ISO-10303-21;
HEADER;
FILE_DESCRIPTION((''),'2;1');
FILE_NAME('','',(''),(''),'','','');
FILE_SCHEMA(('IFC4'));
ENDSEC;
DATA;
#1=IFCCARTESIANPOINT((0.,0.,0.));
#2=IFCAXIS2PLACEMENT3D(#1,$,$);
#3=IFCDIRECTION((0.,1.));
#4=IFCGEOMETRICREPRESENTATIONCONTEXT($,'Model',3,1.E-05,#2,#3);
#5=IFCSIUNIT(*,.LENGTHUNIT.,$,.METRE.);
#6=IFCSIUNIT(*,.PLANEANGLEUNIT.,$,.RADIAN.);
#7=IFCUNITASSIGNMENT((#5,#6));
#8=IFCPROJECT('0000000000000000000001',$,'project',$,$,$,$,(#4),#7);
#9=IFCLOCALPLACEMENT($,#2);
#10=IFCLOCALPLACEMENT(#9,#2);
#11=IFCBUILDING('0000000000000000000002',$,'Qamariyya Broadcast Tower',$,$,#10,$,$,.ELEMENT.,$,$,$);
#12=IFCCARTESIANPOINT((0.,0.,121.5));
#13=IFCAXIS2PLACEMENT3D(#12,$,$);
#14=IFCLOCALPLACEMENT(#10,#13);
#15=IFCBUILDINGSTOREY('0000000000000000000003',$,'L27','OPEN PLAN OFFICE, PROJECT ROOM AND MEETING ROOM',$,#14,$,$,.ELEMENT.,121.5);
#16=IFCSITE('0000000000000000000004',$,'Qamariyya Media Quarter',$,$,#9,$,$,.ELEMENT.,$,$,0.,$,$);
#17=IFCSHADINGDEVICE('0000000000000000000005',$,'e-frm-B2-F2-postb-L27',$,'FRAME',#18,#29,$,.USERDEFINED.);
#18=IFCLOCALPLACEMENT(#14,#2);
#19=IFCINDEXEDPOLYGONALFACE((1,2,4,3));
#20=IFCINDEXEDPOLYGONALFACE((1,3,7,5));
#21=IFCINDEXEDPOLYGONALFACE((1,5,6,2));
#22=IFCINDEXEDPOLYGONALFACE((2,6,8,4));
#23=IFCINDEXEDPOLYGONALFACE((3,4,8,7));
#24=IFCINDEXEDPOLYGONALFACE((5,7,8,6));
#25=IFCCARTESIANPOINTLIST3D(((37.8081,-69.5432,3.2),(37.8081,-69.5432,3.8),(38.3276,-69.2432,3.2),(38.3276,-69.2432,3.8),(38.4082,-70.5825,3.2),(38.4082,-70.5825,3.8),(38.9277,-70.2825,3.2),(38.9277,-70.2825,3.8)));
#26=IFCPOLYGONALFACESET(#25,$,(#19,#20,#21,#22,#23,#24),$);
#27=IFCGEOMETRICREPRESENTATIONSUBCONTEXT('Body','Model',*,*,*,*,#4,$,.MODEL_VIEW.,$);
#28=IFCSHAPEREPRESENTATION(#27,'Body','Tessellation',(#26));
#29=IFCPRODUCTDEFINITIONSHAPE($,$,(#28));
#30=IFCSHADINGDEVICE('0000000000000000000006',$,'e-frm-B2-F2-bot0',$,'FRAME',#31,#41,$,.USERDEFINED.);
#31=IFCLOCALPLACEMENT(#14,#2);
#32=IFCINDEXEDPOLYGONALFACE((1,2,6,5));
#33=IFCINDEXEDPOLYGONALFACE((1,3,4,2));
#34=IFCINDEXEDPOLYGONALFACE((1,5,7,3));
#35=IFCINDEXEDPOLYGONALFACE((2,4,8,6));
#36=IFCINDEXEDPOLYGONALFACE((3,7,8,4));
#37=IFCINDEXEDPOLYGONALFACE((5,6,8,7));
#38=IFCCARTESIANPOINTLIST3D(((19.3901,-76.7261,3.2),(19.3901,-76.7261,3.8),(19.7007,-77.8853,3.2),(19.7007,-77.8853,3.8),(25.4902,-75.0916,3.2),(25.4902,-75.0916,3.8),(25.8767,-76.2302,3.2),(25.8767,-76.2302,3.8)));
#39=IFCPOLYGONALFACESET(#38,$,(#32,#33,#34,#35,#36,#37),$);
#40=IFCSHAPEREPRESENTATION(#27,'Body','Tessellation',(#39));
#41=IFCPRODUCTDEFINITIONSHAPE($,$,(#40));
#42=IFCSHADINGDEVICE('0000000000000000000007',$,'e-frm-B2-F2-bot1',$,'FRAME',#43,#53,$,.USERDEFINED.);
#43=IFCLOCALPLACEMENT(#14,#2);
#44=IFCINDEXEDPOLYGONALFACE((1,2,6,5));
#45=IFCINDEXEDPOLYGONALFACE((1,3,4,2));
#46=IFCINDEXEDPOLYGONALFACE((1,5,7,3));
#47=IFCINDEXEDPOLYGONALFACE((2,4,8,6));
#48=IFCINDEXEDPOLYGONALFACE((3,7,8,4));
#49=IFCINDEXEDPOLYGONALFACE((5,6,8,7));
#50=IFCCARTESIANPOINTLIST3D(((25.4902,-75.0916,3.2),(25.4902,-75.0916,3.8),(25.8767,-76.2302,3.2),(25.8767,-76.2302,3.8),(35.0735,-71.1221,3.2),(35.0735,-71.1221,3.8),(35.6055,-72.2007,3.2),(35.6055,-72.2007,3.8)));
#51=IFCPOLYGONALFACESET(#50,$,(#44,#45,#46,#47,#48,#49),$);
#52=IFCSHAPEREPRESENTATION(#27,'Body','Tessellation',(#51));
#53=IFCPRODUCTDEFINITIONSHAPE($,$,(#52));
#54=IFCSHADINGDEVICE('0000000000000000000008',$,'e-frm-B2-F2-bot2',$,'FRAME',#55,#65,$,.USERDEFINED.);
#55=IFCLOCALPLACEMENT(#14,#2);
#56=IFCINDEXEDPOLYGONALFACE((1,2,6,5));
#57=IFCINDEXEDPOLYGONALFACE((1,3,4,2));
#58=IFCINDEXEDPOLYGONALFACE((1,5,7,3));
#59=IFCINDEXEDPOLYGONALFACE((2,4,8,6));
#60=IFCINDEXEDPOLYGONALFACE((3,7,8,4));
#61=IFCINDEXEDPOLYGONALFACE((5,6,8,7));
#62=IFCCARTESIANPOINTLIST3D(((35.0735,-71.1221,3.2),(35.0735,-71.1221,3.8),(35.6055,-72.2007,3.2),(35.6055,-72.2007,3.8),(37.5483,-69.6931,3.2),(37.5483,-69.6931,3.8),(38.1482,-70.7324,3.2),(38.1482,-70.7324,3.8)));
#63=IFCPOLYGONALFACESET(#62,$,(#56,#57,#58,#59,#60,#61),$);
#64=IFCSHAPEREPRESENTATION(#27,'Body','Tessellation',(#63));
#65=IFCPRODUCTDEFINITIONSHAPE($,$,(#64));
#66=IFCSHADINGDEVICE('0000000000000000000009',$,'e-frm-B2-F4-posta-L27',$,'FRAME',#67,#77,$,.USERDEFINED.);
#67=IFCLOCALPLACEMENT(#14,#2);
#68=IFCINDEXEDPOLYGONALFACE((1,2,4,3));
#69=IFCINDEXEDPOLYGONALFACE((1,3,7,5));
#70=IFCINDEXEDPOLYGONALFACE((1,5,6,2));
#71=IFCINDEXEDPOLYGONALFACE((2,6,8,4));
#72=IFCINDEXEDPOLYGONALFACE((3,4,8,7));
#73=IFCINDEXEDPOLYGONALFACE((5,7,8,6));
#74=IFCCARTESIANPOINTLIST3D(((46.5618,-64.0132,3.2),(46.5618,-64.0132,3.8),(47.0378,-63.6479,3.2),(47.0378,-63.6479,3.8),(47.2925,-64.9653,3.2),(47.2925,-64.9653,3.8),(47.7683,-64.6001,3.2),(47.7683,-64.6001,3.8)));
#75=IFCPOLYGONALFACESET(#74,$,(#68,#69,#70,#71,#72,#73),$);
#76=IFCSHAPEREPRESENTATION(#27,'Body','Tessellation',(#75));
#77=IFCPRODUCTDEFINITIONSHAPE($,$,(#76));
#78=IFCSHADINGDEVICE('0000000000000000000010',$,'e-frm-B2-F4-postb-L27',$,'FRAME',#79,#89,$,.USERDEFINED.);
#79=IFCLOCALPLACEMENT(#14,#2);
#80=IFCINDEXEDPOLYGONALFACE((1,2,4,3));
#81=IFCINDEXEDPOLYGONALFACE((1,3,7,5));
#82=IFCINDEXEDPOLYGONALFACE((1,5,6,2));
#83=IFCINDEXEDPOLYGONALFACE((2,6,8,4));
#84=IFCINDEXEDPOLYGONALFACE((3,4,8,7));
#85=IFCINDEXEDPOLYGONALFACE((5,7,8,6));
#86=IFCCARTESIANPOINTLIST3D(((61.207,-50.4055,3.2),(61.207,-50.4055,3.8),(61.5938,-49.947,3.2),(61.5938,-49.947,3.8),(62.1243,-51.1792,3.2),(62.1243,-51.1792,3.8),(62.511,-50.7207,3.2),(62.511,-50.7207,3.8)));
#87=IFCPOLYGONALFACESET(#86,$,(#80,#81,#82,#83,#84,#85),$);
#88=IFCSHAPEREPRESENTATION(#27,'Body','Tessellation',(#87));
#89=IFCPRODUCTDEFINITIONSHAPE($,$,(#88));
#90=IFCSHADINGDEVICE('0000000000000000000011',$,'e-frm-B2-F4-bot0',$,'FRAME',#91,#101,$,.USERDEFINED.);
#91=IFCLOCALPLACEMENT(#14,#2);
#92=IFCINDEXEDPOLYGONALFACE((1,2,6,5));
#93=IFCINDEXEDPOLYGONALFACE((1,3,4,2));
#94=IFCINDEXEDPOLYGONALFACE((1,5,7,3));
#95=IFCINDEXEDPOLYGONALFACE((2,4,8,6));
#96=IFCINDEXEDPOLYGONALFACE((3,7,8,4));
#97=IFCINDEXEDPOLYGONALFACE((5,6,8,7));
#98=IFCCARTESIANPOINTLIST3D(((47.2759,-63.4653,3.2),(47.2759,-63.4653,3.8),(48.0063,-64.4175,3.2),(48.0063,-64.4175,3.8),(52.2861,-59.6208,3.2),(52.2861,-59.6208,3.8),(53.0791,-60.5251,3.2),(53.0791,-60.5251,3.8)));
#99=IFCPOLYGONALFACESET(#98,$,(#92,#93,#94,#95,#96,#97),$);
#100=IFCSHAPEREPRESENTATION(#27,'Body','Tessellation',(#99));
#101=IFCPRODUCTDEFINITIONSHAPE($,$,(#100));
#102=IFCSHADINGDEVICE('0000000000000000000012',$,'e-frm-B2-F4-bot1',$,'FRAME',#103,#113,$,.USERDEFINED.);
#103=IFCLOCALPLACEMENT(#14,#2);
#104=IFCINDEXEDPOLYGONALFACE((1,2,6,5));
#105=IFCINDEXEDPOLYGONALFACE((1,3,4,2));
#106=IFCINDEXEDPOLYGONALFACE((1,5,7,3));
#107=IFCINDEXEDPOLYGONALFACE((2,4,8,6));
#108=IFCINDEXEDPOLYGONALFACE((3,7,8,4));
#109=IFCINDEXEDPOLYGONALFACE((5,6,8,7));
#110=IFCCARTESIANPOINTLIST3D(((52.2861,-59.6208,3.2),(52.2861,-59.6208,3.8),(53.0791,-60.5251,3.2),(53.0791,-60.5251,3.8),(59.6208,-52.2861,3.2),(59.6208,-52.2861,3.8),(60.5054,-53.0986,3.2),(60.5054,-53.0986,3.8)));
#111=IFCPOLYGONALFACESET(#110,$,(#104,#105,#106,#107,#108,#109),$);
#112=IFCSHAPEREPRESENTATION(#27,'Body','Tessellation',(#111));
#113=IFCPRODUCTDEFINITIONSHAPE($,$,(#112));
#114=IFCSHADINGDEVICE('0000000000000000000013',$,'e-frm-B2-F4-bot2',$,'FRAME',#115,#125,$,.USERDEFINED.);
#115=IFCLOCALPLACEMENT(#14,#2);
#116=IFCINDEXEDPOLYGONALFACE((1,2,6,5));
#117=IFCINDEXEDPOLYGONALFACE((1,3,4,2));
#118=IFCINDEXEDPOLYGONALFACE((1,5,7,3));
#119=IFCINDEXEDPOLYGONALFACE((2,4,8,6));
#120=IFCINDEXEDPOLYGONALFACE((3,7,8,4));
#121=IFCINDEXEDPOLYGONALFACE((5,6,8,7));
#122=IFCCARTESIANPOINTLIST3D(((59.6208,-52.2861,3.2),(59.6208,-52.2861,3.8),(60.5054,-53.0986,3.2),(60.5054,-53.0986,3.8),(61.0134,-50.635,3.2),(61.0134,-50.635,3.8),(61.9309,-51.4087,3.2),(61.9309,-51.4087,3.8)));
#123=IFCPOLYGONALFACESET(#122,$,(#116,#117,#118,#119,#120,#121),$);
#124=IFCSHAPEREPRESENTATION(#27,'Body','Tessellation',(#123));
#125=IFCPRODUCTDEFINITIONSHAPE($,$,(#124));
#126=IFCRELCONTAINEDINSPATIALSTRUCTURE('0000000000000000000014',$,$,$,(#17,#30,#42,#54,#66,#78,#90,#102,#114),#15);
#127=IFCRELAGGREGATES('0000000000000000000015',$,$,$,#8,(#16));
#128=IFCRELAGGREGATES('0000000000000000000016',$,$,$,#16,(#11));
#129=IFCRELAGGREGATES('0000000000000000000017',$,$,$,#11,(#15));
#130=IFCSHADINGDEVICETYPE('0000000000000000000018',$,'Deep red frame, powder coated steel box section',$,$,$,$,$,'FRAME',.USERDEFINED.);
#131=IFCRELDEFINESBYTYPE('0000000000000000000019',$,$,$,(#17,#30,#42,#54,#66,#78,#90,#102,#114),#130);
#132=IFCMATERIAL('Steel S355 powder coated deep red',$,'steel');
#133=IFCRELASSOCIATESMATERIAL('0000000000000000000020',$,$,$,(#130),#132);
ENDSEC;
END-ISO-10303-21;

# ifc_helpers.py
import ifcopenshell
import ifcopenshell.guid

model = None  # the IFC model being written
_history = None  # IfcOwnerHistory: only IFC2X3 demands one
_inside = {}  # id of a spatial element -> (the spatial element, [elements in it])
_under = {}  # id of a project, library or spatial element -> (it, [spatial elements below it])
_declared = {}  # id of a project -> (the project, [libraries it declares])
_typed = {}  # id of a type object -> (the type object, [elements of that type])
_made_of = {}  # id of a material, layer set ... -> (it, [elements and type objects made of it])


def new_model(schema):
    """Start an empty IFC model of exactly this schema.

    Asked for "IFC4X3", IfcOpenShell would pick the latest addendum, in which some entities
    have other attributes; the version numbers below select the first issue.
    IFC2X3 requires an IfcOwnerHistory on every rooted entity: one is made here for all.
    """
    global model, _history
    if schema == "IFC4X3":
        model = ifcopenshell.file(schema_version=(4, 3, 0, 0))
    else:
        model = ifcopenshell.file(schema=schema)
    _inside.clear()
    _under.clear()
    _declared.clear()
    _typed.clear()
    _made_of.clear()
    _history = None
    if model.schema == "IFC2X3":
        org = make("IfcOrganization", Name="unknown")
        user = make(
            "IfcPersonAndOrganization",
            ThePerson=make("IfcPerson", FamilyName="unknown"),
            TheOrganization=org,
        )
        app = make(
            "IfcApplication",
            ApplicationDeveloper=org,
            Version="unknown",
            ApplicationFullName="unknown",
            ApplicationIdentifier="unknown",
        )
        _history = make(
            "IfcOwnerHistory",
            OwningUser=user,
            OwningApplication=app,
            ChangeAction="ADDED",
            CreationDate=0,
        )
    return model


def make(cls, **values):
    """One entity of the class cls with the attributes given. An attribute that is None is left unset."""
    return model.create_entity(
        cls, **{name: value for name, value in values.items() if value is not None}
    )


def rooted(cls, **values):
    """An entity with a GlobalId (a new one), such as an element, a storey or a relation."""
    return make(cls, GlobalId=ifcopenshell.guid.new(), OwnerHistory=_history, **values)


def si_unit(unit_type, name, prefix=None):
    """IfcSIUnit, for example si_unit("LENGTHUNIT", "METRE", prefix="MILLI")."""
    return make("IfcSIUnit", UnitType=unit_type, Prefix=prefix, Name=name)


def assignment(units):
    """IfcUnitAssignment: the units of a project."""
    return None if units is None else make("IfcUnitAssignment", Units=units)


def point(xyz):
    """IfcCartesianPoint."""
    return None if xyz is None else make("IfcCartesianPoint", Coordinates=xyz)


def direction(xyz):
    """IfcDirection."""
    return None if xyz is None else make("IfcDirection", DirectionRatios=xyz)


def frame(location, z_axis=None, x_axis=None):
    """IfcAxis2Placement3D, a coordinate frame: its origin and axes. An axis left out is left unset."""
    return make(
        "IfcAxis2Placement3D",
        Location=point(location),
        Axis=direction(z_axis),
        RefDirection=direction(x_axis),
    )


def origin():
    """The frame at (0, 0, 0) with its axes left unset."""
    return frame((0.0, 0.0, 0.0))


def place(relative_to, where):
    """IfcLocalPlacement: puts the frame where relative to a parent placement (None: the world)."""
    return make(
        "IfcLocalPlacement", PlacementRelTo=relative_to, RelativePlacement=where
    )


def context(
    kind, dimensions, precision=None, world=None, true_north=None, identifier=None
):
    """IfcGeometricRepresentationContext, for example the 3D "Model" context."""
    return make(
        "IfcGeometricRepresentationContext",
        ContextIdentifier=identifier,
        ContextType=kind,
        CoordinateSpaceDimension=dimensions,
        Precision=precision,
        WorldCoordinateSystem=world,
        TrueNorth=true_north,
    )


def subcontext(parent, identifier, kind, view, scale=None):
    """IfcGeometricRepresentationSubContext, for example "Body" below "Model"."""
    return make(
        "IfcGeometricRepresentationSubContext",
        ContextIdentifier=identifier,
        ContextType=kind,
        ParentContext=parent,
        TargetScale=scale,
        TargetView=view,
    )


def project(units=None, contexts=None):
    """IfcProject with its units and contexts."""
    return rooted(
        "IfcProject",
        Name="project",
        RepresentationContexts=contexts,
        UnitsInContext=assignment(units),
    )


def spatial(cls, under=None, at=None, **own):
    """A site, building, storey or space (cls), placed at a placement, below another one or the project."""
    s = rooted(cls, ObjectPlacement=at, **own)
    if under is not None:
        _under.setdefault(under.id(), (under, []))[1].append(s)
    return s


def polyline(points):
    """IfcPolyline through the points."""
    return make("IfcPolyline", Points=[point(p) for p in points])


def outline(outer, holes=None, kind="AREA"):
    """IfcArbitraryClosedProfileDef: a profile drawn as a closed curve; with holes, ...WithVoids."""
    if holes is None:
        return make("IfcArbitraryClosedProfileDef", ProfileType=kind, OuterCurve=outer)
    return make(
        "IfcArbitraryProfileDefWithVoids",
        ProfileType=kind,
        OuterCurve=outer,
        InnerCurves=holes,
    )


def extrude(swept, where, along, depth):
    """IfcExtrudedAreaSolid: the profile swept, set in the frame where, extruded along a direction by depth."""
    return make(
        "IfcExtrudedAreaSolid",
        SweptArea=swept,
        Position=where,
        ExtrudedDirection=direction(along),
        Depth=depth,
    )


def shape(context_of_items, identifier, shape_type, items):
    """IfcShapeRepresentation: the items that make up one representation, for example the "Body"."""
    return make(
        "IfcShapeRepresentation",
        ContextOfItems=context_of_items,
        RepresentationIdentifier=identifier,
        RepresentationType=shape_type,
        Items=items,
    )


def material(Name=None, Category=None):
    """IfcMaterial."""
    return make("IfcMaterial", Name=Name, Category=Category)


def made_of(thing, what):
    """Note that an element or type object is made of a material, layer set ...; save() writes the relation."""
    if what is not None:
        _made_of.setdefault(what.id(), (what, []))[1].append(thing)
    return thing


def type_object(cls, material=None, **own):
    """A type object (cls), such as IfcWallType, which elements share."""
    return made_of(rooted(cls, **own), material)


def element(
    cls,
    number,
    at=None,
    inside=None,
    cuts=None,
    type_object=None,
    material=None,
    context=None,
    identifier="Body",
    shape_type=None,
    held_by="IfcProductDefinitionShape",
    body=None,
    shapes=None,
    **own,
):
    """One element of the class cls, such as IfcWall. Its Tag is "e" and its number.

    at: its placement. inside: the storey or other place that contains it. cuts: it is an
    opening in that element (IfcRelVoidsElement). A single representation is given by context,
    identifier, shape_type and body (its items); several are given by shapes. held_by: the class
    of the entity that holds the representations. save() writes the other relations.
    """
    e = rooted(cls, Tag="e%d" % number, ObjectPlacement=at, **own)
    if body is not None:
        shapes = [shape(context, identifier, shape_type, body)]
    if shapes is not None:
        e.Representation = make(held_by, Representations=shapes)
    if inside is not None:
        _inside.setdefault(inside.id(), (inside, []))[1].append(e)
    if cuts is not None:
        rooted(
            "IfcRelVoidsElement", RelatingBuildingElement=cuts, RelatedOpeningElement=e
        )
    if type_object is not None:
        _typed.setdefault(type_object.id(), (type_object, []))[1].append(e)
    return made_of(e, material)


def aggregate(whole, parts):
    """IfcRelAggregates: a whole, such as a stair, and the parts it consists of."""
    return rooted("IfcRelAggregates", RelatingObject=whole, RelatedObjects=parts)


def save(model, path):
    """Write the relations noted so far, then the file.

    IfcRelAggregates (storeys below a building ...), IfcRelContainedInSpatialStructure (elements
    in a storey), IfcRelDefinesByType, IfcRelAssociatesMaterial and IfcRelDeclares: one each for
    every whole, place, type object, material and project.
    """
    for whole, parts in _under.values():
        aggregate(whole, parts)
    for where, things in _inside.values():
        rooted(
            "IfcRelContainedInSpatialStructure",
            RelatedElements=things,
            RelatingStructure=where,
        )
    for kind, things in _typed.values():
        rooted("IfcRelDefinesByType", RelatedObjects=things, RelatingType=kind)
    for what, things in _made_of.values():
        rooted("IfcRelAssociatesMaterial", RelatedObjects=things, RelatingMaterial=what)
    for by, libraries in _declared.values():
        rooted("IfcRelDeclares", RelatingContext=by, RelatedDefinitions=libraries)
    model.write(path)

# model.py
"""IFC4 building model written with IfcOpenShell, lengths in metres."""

from ifc_helpers import new_model, si_unit, direction, frame, origin, place, context, subcontext, project, spatial, polyline, outline, extrude, material, type_object, element, save


model = new_model("IFC4")

# Units and contexts
model_context = context("Model", 3, precision=1e-05, world=origin(), true_north=direction((0.0, 1.0)))
body_context = subcontext(model_context, "Body", "Model", "MODEL_VIEW")
ifc_project = project(units=[si_unit("LENGTHUNIT", "METRE"), si_unit("PLANEANGLEUNIT", "RADIAN")], contexts=[model_context])

# Site, building, storey
site_placement = place(None, origin())
site = spatial("IfcSite", under=ifc_project, at=site_placement, Name="Qamariyya Media Quarter", CompositionType="ELEMENT", RefElevation=0.0)
building_placement = place(site_placement, origin())
building = spatial("IfcBuilding", under=site, at=building_placement, Name="Qamariyya Broadcast Tower", CompositionType="ELEMENT")
storey_placement = place(building_placement, frame((0.0, 0.0, 121.5)))
storey = spatial("IfcBuildingStorey", under=building, at=storey_placement, Name="L27", Description="OPEN PLAN OFFICE, PROJECT ROOM AND MEETING ROOM", CompositionType="ELEMENT", Elevation=121.5)

# Shading devices
ifc_material = material(Name="Steel S355 powder coated deep red", Category="steel")
shading_device_type = type_object("IfcShadingDeviceType", Name="Deep red frame, powder coated steel box section", ElementType="FRAME", PredefinedType="USERDEFINED", material=ifc_material)
shading_device_1_placement = place(storey_placement, frame((0.0, 0.0, 3.2)))
element("IfcShadingDevice", 1, at=shading_device_1_placement, inside=storey, type_object=shading_device_type, Name="e-frm-B2-F2-postb-L27", ObjectType="FRAME", PredefinedType="USERDEFINED", context=body_context, shape_type="SweptSolid", body=[
    extrude(outline(polyline([(37.8081, -69.5432), (38.4082, -70.5825), (38.9277, -70.2825), (38.3276, -69.2432), (37.8081, -69.5432)])), origin(), (0.0, 0.0, 1.0), 0.6001),
])
shading_device_2_placement = place(storey_placement, frame((0.0, 0.0, 3.2)))
element("IfcShadingDevice", 2, at=shading_device_2_placement, inside=storey, type_object=shading_device_type, Name="e-frm-B2-F2-bot0", ObjectType="FRAME", PredefinedType="USERDEFINED", context=body_context, shape_type="SweptSolid", body=[
    extrude(outline(polyline([(19.3901, -76.7261), (19.7007, -77.8853), (25.8767, -76.2302), (25.4902, -75.0916), (19.3901, -76.7261)])), origin(), (0.0, 0.0, 1.0), 0.6001),
])
shading_device_3_placement = place(storey_placement, frame((0.0, 0.0, 3.2)))
element("IfcShadingDevice", 3, at=shading_device_3_placement, inside=storey, type_object=shading_device_type, Name="e-frm-B2-F2-bot1", ObjectType="FRAME", PredefinedType="USERDEFINED", context=body_context, shape_type="SweptSolid", body=[
    extrude(outline(polyline([(25.4902, -75.0916), (25.8767, -76.2302), (35.6055, -72.2007), (35.0735, -71.1221), (25.4902, -75.0916)])), origin(), (0.0, 0.0, 1.0), 0.6001),
])
shading_device_4_placement = place(storey_placement, frame((0.0, 0.0, 3.2)))
element("IfcShadingDevice", 4, at=shading_device_4_placement, inside=storey, type_object=shading_device_type, Name="e-frm-B2-F2-bot2", ObjectType="FRAME", PredefinedType="USERDEFINED", context=body_context, shape_type="SweptSolid", body=[
    extrude(outline(polyline([(35.0735, -71.1221), (35.6055, -72.2007), (38.1482, -70.7324), (37.5483, -69.6931), (35.0735, -71.1221)])), origin(), (0.0, 0.0, 1.0), 0.6001),
])
shading_device_5_placement = place(storey_placement, frame((0.0, 0.0, 3.2)))
element("IfcShadingDevice", 5, at=shading_device_5_placement, inside=storey, type_object=shading_device_type, Name="e-frm-B2-F4-posta-L27", ObjectType="FRAME", PredefinedType="USERDEFINED", context=body_context, shape_type="SweptSolid", body=[
    extrude(outline(polyline([(46.5618, -64.0132), (47.2925, -64.9653), (47.7683, -64.6001), (47.0378, -63.6479), (46.5618, -64.0132)])), origin(), (0.0, 0.0, 1.0), 0.6001),
])
shading_device_6_placement = place(storey_placement, frame((0.0, 0.0, 3.2)))
element("IfcShadingDevice", 6, at=shading_device_6_placement, inside=storey, type_object=shading_device_type, Name="e-frm-B2-F4-postb-L27", ObjectType="FRAME", PredefinedType="USERDEFINED", context=body_context, shape_type="SweptSolid", body=[
    extrude(outline(polyline([(61.207, -50.4055), (62.1243, -51.1792), (62.511, -50.7207), (61.5938, -49.947), (61.207, -50.4055)])), origin(), (0.0, 0.0, 1.0), 0.6001),
])
shading_device_7_placement = place(storey_placement, frame((0.0, 0.0, 3.2)))
element("IfcShadingDevice", 7, at=shading_device_7_placement, inside=storey, type_object=shading_device_type, Name="e-frm-B2-F4-bot0", ObjectType="FRAME", PredefinedType="USERDEFINED", context=body_context, shape_type="SweptSolid", body=[
    extrude(outline(polyline([(47.2759, -63.4653), (48.0063, -64.4175), (53.0791, -60.5251), (52.2861, -59.6208), (47.2759, -63.4653)])), origin(), (0.0, 0.0, 1.0), 0.6001),
])
shading_device_8_placement = place(storey_placement, frame((0.0, 0.0, 3.2)))
element("IfcShadingDevice", 8, at=shading_device_8_placement, inside=storey, type_object=shading_device_type, Name="e-frm-B2-F4-bot1", ObjectType="FRAME", PredefinedType="USERDEFINED", context=body_context, shape_type="SweptSolid", body=[
    extrude(outline(polyline([(52.2861, -59.6208), (53.0791, -60.5251), (60.5054, -53.0986), (59.6208, -52.2861), (52.2861, -59.6208)])), origin(), (0.0, 0.0, 1.0), 0.6001),
])
shading_device_9_placement = place(storey_placement, frame((0.0, 0.0, 3.2)))
element("IfcShadingDevice", 9, at=shading_device_9_placement, inside=storey, type_object=shading_device_type, Name="e-frm-B2-F4-bot2", ObjectType="FRAME", PredefinedType="USERDEFINED", context=body_context, shape_type="SweptSolid", body=[
    extrude(outline(polyline([(59.6208, -52.2861), (60.5054, -53.0986), (61.9309, -51.4087), (61.0134, -50.635), (59.6208, -52.2861)])), origin(), (0.0, 0.0, 1.0), 0.6001),
])

save(model, "model.ifc")
